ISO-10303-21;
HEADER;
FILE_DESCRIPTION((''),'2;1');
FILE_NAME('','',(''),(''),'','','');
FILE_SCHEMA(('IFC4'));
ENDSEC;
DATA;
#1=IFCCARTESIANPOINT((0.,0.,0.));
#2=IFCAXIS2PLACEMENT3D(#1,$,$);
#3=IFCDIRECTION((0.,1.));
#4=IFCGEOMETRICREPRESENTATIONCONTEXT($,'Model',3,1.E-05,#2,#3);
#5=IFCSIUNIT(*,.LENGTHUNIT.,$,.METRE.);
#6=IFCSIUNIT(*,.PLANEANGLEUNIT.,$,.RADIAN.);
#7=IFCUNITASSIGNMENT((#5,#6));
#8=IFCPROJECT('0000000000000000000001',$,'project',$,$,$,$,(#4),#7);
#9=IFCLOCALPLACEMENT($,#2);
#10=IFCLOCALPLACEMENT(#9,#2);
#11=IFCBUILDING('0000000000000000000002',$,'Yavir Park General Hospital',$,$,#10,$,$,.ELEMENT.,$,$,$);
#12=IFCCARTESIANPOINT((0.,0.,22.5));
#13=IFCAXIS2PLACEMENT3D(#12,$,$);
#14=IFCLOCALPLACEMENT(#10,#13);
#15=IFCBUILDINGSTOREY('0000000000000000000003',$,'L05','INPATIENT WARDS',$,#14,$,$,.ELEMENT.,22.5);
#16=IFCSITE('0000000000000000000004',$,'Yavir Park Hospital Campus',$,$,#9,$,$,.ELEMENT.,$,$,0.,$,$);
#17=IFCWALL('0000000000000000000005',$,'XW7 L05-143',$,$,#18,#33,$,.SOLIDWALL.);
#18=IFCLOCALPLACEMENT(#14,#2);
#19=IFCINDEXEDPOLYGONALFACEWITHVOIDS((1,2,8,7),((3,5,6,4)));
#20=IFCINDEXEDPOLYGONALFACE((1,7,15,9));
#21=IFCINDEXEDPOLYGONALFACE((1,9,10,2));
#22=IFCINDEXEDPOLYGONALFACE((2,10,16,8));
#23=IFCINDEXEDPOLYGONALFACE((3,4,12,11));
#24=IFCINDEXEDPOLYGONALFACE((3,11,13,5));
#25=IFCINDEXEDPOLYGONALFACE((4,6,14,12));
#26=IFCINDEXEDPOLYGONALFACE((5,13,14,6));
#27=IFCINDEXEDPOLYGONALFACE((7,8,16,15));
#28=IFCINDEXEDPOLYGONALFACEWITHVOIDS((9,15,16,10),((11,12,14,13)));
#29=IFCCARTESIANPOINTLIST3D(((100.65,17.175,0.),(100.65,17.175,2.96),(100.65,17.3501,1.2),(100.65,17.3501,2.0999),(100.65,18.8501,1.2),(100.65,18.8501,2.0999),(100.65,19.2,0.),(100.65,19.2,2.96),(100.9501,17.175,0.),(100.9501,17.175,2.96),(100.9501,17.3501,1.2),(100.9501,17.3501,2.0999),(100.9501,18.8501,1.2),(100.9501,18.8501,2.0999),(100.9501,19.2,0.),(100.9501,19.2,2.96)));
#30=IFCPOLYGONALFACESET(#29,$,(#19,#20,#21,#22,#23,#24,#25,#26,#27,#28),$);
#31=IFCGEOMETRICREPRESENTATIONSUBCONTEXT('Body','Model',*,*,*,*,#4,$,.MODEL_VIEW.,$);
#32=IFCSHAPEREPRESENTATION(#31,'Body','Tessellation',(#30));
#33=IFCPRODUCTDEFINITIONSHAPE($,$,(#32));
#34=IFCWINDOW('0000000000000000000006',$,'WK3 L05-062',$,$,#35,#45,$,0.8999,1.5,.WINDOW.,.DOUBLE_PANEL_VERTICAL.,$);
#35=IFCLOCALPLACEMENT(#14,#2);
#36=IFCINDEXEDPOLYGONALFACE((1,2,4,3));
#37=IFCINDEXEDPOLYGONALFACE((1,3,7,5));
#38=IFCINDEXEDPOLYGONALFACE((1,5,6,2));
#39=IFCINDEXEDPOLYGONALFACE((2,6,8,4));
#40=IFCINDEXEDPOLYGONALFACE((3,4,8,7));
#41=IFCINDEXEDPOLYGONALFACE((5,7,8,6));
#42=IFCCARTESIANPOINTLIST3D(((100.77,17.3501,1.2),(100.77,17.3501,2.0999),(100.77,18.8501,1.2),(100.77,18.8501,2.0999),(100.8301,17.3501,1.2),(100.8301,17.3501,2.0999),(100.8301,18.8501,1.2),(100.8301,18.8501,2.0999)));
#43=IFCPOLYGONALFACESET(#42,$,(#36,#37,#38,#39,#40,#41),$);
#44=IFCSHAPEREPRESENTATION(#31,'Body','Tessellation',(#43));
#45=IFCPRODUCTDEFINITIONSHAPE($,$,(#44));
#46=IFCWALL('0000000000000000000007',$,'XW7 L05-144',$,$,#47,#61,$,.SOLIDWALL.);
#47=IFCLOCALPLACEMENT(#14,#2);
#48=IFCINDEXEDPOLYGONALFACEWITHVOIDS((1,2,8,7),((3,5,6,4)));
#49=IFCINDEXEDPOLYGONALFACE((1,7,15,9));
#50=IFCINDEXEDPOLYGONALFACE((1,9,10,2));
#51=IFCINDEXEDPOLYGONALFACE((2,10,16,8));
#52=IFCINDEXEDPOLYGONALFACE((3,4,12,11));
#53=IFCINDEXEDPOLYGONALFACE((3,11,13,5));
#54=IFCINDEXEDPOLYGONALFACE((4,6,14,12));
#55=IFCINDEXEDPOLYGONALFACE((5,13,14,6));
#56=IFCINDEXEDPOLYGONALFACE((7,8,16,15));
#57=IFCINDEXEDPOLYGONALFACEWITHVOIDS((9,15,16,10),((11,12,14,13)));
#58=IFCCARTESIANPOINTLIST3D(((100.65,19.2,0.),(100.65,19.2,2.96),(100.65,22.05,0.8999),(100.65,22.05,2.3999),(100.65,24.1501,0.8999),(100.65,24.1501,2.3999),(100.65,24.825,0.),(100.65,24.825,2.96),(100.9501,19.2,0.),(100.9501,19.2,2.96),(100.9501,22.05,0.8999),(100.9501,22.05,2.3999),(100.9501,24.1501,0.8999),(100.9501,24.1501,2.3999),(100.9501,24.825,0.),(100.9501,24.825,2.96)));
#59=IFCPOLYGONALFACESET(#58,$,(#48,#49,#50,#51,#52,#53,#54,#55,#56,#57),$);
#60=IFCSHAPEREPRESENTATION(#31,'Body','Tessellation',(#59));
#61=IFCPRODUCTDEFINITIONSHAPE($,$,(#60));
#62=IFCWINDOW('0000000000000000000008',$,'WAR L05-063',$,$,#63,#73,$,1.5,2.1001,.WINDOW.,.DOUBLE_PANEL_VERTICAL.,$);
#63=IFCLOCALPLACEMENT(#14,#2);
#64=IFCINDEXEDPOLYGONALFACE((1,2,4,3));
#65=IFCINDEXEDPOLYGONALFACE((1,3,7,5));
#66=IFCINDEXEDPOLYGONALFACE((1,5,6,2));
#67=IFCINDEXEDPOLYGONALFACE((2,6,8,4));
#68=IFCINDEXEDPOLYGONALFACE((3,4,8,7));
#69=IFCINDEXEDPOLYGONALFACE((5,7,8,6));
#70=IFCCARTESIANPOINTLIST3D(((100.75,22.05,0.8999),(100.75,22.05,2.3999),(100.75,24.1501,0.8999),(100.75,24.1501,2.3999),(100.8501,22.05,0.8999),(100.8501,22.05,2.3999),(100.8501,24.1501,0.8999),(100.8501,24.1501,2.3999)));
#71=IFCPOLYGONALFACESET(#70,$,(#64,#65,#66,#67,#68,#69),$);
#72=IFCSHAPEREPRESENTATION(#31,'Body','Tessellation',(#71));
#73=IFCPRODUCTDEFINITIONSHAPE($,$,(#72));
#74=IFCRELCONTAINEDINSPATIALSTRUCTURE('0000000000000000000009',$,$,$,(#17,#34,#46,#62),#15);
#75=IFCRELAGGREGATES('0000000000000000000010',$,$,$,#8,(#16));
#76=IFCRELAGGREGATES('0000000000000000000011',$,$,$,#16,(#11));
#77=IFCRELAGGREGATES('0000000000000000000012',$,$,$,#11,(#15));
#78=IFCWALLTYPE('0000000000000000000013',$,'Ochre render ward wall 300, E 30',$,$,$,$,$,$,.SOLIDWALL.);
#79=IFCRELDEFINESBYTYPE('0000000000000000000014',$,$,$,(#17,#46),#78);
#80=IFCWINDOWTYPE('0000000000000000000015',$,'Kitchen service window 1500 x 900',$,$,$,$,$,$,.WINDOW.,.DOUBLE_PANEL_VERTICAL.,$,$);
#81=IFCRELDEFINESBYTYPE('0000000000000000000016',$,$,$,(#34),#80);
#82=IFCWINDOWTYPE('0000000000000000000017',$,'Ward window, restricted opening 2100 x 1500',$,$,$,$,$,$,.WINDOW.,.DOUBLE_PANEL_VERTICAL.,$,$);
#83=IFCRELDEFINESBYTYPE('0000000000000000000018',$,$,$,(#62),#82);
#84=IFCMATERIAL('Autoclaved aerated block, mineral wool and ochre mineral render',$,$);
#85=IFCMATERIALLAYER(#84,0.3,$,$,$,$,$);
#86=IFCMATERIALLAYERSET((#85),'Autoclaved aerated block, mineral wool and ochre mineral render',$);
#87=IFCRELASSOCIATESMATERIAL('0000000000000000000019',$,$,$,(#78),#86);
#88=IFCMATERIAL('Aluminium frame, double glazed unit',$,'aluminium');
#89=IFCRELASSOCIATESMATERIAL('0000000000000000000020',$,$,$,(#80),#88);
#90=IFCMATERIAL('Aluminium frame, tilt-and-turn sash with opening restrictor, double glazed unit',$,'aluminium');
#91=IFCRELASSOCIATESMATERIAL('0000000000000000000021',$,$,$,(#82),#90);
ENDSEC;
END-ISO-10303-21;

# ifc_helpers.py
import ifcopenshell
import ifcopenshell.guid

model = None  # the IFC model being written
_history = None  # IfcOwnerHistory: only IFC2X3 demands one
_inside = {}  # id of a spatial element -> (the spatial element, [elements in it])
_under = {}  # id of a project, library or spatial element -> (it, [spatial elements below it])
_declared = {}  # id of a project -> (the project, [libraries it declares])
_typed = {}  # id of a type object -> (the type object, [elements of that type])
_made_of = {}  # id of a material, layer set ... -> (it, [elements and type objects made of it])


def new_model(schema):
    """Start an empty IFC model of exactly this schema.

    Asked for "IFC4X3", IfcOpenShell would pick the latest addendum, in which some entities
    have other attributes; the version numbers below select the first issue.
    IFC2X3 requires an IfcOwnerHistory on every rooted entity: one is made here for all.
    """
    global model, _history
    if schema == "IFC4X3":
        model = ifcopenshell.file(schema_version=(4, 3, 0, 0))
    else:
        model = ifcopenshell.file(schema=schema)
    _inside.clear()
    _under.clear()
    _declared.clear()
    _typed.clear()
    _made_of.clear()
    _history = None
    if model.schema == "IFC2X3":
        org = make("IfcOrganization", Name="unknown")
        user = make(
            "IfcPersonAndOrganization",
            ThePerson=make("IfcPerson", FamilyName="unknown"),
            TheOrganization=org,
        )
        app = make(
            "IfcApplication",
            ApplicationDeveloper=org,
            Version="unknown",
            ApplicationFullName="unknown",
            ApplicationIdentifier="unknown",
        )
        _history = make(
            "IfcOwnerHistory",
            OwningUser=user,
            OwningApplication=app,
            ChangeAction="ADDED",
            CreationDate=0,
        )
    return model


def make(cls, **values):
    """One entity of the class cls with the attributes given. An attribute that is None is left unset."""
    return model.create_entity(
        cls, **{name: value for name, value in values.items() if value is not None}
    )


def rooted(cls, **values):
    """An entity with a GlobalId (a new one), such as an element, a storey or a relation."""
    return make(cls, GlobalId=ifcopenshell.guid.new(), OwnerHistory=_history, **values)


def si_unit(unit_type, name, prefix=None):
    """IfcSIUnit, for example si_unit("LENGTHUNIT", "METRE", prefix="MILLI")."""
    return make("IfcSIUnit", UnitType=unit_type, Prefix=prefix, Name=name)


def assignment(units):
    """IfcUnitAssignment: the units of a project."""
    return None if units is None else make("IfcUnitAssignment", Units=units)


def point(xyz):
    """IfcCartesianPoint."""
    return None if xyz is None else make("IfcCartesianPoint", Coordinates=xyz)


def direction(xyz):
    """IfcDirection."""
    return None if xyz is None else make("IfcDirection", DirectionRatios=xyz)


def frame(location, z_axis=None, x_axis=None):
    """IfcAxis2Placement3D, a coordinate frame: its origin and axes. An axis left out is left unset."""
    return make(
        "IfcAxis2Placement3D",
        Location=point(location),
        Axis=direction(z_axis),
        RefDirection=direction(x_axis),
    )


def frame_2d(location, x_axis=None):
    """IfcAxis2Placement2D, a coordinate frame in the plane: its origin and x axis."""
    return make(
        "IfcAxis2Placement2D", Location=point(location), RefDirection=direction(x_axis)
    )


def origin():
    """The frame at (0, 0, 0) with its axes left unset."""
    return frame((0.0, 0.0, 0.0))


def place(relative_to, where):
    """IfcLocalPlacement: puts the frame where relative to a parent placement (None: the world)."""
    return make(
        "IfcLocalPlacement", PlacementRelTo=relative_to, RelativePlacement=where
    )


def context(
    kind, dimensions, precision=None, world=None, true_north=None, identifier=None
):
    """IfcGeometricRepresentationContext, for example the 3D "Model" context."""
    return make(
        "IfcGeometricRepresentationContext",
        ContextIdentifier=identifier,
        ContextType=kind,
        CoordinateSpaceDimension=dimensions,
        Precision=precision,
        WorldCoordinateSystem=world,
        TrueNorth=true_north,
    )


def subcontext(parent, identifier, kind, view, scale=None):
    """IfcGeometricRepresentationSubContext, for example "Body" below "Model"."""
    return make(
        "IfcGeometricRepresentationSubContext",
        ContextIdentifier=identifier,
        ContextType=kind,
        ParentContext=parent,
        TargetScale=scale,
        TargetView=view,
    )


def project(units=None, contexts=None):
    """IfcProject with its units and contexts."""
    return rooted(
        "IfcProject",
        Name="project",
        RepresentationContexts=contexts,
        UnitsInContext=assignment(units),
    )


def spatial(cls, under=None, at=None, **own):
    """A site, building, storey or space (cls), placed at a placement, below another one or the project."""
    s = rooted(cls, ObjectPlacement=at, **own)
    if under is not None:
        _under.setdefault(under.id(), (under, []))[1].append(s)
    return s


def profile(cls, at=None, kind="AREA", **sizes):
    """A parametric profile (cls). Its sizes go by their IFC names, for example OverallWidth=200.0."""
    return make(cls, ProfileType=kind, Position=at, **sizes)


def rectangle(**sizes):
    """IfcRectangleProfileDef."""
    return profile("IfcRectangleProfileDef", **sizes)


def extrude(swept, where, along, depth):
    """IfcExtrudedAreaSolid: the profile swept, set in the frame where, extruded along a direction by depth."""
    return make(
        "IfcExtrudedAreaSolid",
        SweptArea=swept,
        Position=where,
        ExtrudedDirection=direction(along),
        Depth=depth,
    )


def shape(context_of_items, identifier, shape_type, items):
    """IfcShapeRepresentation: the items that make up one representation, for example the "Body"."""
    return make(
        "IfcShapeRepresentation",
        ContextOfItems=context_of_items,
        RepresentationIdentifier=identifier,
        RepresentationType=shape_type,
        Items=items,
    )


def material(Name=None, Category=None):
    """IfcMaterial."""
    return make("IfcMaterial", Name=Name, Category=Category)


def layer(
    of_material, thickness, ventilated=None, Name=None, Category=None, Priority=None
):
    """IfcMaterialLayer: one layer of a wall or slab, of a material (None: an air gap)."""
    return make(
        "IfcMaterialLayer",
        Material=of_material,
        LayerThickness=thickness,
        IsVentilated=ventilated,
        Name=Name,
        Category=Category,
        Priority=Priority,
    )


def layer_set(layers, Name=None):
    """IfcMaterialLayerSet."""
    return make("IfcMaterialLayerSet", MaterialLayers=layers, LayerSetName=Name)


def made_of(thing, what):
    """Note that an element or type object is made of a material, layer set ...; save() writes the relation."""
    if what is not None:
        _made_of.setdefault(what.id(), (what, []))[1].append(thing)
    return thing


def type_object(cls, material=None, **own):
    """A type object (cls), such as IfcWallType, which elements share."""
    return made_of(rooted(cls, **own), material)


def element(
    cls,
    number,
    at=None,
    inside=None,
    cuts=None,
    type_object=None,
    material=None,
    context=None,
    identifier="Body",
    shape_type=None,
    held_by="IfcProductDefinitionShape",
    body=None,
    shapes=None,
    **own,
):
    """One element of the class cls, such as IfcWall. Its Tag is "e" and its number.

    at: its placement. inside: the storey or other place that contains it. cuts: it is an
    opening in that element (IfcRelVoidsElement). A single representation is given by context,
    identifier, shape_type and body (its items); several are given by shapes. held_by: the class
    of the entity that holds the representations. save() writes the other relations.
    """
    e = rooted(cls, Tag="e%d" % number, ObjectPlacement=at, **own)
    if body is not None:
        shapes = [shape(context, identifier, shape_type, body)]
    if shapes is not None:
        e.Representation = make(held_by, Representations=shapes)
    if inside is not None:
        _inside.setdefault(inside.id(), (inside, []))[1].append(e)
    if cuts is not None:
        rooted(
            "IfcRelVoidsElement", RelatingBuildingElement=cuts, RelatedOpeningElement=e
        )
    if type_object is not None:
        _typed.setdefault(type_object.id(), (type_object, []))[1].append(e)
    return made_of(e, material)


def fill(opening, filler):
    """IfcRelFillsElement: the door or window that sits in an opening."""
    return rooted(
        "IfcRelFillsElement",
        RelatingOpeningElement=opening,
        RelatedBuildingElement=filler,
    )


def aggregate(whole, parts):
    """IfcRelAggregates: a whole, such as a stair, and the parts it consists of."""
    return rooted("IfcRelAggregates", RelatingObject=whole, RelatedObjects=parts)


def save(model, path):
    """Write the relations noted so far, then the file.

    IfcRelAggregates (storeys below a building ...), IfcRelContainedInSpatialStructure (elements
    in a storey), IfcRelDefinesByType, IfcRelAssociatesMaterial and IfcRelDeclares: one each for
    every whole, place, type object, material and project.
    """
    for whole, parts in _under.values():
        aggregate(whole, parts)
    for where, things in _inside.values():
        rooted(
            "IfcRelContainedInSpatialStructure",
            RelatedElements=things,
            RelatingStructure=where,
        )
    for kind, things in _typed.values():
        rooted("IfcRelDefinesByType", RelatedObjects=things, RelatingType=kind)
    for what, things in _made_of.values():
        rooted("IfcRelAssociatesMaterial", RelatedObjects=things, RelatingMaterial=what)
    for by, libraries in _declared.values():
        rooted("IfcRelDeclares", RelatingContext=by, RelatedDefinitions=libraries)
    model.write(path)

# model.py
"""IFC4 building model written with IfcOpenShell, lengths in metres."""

from ifc_helpers import new_model, si_unit, direction, frame, frame_2d, origin, place, context, subcontext, project, spatial, rectangle, extrude, material, layer, layer_set, type_object, element, fill, save


model = new_model("IFC4")

# Units and contexts
model_context = context("Model", 3, precision=1e-05, world=origin(), true_north=direction((0.0, 1.0)))
body_context = subcontext(model_context, "Body", "Model", "MODEL_VIEW")
ifc_project = project(units=[si_unit("LENGTHUNIT", "METRE"), si_unit("PLANEANGLEUNIT", "RADIAN")], contexts=[model_context])

# Site, building, storey
site_placement = place(None, origin())
site = spatial("IfcSite", under=ifc_project, at=site_placement, Name="Yavir Park Hospital Campus", CompositionType="ELEMENT", RefElevation=0.0)
building_placement = place(site_placement, origin())
building = spatial("IfcBuilding", under=site, at=building_placement, Name="Yavir Park General Hospital", CompositionType="ELEMENT")
storey_placement = place(building_placement, frame((0.0, 0.0, 22.5)))
storey = spatial("IfcBuildingStorey", under=building, at=storey_placement, Name="L05", Description="INPATIENT WARDS", CompositionType="ELEMENT", Elevation=22.5)

# Shared definitions
ifc_material_1 = material(Name="Autoclaved aerated block, mineral wool and ochre mineral render")
ifc_layer_1 = layer(ifc_material_1, 0.3)
ifc_layer_set_1 = layer_set([ifc_layer_1], Name="Autoclaved aerated block, mineral wool and ochre mineral render")
wall_type_1 = type_object("IfcWallType", Name="Ochre render ward wall 300, E 30", PredefinedType="SOLIDWALL", material=ifc_layer_set_1)

# Walls, openings, windows
wall_1_placement = place(storey_placement, frame((100.8, 17.175, 0.0), z_axis=(0.0, 0.0, 1.0), x_axis=(0.0, 1.0, 0.0)))
wall_1 = element("IfcWall", 1, at=wall_1_placement, inside=storey, type_object=wall_type_1, Name="XW7 L05-143", PredefinedType="SOLIDWALL", context=body_context, shape_type="SweptSolid", body=[
    extrude(rectangle(XDim=2.0249, YDim=0.3, at=frame_2d((1.0125, 0.0))), origin(), (0.0, 0.0, 1.0), 2.96),
])
opening_1_placement = place(wall_1_placement, frame((0.175, 0.0, 1.2)))
opening_1 = element("IfcOpeningElement", 2, at=opening_1_placement, cuts=wall_1, PredefinedType="OPENING", context=body_context, shape_type="SweptSolid", body=[
    extrude(rectangle(XDim=1.5, YDim=0.8999, at=frame_2d((0.75, 0.45))), frame((0.0, 0.1599, 0.0), z_axis=(0.0, -1.0, 0.0), x_axis=(1.0, 0.0, 0.0)), (0.0, 0.0, 1.0), 0.3201),
])
ifc_material_2 = material(Name="Aluminium frame, double glazed unit", Category="aluminium")
window_type_1 = type_object("IfcWindowType", Name="Kitchen service window 1500 x 900", PartitioningType="DOUBLE_PANEL_VERTICAL", PredefinedType="WINDOW", material=ifc_material_2)
window_1_placement = place(opening_1_placement, origin())
window_1 = element("IfcWindow", 3, at=window_1_placement, inside=storey, type_object=window_type_1, Name="WK3 L05-062", OverallHeight=0.8999, OverallWidth=1.5, PartitioningType="DOUBLE_PANEL_VERTICAL", PredefinedType="WINDOW", context=body_context, shape_type="SweptSolid", body=[
    extrude(rectangle(XDim=1.5, YDim=0.8999, at=frame_2d((0.75, 0.45))), frame((0.0, 0.03, 0.0), z_axis=(0.0, -1.0, 0.0), x_axis=(1.0, 0.0, 0.0)), (0.0, 0.0, 1.0), 0.0601),
])
fill(opening_1, window_1)
wall_2_placement = place(storey_placement, frame((100.8, 19.2, 0.0), z_axis=(0.0, 0.0, 1.0), x_axis=(0.0, 1.0, 0.0)))
wall_2 = element("IfcWall", 4, at=wall_2_placement, inside=storey, type_object=wall_type_1, Name="XW7 L05-144", PredefinedType="SOLIDWALL", context=body_context, shape_type="SweptSolid", body=[
    extrude(rectangle(XDim=5.625, YDim=0.3, at=frame_2d((2.8125, 0.0))), origin(), (0.0, 0.0, 1.0), 2.96),
])
opening_2_placement = place(wall_2_placement, frame((2.8501, 0.0, 0.8999)))
opening_2 = element("IfcOpeningElement", 5, at=opening_2_placement, cuts=wall_2, PredefinedType="OPENING", context=body_context, shape_type="SweptSolid", body=[
    extrude(rectangle(XDim=2.1001, YDim=1.5, at=frame_2d((1.05, 0.75))), frame((0.0, 0.1599, 0.0), z_axis=(0.0, -1.0, 0.0), x_axis=(1.0, 0.0, 0.0)), (0.0, 0.0, 1.0), 0.3201),
])
ifc_material_3 = material(Name="Aluminium frame, tilt-and-turn sash with opening restrictor, double glazed unit", Category="aluminium")
window_type_2 = type_object("IfcWindowType", Name="Ward window, restricted opening 2100 x 1500", PartitioningType="DOUBLE_PANEL_VERTICAL", PredefinedType="WINDOW", material=ifc_material_3)
window_2_placement = place(opening_2_placement, origin())
window_2 = element("IfcWindow", 6, at=window_2_placement, inside=storey, type_object=window_type_2, Name="WAR L05-063", OverallHeight=1.5, OverallWidth=2.1001, PartitioningType="DOUBLE_PANEL_VERTICAL", PredefinedType="WINDOW", context=body_context, shape_type="SweptSolid", body=[
    extrude(rectangle(XDim=2.1001, YDim=1.5, at=frame_2d((1.05, 0.75))), frame((0.0, 0.05, 0.0), z_axis=(0.0, -1.0, 0.0), x_axis=(1.0, 0.0, 0.0)), (0.0, 0.0, 1.0), 0.1001),
])
fill(opening_2, window_2)

save(model, "model.ifc")
